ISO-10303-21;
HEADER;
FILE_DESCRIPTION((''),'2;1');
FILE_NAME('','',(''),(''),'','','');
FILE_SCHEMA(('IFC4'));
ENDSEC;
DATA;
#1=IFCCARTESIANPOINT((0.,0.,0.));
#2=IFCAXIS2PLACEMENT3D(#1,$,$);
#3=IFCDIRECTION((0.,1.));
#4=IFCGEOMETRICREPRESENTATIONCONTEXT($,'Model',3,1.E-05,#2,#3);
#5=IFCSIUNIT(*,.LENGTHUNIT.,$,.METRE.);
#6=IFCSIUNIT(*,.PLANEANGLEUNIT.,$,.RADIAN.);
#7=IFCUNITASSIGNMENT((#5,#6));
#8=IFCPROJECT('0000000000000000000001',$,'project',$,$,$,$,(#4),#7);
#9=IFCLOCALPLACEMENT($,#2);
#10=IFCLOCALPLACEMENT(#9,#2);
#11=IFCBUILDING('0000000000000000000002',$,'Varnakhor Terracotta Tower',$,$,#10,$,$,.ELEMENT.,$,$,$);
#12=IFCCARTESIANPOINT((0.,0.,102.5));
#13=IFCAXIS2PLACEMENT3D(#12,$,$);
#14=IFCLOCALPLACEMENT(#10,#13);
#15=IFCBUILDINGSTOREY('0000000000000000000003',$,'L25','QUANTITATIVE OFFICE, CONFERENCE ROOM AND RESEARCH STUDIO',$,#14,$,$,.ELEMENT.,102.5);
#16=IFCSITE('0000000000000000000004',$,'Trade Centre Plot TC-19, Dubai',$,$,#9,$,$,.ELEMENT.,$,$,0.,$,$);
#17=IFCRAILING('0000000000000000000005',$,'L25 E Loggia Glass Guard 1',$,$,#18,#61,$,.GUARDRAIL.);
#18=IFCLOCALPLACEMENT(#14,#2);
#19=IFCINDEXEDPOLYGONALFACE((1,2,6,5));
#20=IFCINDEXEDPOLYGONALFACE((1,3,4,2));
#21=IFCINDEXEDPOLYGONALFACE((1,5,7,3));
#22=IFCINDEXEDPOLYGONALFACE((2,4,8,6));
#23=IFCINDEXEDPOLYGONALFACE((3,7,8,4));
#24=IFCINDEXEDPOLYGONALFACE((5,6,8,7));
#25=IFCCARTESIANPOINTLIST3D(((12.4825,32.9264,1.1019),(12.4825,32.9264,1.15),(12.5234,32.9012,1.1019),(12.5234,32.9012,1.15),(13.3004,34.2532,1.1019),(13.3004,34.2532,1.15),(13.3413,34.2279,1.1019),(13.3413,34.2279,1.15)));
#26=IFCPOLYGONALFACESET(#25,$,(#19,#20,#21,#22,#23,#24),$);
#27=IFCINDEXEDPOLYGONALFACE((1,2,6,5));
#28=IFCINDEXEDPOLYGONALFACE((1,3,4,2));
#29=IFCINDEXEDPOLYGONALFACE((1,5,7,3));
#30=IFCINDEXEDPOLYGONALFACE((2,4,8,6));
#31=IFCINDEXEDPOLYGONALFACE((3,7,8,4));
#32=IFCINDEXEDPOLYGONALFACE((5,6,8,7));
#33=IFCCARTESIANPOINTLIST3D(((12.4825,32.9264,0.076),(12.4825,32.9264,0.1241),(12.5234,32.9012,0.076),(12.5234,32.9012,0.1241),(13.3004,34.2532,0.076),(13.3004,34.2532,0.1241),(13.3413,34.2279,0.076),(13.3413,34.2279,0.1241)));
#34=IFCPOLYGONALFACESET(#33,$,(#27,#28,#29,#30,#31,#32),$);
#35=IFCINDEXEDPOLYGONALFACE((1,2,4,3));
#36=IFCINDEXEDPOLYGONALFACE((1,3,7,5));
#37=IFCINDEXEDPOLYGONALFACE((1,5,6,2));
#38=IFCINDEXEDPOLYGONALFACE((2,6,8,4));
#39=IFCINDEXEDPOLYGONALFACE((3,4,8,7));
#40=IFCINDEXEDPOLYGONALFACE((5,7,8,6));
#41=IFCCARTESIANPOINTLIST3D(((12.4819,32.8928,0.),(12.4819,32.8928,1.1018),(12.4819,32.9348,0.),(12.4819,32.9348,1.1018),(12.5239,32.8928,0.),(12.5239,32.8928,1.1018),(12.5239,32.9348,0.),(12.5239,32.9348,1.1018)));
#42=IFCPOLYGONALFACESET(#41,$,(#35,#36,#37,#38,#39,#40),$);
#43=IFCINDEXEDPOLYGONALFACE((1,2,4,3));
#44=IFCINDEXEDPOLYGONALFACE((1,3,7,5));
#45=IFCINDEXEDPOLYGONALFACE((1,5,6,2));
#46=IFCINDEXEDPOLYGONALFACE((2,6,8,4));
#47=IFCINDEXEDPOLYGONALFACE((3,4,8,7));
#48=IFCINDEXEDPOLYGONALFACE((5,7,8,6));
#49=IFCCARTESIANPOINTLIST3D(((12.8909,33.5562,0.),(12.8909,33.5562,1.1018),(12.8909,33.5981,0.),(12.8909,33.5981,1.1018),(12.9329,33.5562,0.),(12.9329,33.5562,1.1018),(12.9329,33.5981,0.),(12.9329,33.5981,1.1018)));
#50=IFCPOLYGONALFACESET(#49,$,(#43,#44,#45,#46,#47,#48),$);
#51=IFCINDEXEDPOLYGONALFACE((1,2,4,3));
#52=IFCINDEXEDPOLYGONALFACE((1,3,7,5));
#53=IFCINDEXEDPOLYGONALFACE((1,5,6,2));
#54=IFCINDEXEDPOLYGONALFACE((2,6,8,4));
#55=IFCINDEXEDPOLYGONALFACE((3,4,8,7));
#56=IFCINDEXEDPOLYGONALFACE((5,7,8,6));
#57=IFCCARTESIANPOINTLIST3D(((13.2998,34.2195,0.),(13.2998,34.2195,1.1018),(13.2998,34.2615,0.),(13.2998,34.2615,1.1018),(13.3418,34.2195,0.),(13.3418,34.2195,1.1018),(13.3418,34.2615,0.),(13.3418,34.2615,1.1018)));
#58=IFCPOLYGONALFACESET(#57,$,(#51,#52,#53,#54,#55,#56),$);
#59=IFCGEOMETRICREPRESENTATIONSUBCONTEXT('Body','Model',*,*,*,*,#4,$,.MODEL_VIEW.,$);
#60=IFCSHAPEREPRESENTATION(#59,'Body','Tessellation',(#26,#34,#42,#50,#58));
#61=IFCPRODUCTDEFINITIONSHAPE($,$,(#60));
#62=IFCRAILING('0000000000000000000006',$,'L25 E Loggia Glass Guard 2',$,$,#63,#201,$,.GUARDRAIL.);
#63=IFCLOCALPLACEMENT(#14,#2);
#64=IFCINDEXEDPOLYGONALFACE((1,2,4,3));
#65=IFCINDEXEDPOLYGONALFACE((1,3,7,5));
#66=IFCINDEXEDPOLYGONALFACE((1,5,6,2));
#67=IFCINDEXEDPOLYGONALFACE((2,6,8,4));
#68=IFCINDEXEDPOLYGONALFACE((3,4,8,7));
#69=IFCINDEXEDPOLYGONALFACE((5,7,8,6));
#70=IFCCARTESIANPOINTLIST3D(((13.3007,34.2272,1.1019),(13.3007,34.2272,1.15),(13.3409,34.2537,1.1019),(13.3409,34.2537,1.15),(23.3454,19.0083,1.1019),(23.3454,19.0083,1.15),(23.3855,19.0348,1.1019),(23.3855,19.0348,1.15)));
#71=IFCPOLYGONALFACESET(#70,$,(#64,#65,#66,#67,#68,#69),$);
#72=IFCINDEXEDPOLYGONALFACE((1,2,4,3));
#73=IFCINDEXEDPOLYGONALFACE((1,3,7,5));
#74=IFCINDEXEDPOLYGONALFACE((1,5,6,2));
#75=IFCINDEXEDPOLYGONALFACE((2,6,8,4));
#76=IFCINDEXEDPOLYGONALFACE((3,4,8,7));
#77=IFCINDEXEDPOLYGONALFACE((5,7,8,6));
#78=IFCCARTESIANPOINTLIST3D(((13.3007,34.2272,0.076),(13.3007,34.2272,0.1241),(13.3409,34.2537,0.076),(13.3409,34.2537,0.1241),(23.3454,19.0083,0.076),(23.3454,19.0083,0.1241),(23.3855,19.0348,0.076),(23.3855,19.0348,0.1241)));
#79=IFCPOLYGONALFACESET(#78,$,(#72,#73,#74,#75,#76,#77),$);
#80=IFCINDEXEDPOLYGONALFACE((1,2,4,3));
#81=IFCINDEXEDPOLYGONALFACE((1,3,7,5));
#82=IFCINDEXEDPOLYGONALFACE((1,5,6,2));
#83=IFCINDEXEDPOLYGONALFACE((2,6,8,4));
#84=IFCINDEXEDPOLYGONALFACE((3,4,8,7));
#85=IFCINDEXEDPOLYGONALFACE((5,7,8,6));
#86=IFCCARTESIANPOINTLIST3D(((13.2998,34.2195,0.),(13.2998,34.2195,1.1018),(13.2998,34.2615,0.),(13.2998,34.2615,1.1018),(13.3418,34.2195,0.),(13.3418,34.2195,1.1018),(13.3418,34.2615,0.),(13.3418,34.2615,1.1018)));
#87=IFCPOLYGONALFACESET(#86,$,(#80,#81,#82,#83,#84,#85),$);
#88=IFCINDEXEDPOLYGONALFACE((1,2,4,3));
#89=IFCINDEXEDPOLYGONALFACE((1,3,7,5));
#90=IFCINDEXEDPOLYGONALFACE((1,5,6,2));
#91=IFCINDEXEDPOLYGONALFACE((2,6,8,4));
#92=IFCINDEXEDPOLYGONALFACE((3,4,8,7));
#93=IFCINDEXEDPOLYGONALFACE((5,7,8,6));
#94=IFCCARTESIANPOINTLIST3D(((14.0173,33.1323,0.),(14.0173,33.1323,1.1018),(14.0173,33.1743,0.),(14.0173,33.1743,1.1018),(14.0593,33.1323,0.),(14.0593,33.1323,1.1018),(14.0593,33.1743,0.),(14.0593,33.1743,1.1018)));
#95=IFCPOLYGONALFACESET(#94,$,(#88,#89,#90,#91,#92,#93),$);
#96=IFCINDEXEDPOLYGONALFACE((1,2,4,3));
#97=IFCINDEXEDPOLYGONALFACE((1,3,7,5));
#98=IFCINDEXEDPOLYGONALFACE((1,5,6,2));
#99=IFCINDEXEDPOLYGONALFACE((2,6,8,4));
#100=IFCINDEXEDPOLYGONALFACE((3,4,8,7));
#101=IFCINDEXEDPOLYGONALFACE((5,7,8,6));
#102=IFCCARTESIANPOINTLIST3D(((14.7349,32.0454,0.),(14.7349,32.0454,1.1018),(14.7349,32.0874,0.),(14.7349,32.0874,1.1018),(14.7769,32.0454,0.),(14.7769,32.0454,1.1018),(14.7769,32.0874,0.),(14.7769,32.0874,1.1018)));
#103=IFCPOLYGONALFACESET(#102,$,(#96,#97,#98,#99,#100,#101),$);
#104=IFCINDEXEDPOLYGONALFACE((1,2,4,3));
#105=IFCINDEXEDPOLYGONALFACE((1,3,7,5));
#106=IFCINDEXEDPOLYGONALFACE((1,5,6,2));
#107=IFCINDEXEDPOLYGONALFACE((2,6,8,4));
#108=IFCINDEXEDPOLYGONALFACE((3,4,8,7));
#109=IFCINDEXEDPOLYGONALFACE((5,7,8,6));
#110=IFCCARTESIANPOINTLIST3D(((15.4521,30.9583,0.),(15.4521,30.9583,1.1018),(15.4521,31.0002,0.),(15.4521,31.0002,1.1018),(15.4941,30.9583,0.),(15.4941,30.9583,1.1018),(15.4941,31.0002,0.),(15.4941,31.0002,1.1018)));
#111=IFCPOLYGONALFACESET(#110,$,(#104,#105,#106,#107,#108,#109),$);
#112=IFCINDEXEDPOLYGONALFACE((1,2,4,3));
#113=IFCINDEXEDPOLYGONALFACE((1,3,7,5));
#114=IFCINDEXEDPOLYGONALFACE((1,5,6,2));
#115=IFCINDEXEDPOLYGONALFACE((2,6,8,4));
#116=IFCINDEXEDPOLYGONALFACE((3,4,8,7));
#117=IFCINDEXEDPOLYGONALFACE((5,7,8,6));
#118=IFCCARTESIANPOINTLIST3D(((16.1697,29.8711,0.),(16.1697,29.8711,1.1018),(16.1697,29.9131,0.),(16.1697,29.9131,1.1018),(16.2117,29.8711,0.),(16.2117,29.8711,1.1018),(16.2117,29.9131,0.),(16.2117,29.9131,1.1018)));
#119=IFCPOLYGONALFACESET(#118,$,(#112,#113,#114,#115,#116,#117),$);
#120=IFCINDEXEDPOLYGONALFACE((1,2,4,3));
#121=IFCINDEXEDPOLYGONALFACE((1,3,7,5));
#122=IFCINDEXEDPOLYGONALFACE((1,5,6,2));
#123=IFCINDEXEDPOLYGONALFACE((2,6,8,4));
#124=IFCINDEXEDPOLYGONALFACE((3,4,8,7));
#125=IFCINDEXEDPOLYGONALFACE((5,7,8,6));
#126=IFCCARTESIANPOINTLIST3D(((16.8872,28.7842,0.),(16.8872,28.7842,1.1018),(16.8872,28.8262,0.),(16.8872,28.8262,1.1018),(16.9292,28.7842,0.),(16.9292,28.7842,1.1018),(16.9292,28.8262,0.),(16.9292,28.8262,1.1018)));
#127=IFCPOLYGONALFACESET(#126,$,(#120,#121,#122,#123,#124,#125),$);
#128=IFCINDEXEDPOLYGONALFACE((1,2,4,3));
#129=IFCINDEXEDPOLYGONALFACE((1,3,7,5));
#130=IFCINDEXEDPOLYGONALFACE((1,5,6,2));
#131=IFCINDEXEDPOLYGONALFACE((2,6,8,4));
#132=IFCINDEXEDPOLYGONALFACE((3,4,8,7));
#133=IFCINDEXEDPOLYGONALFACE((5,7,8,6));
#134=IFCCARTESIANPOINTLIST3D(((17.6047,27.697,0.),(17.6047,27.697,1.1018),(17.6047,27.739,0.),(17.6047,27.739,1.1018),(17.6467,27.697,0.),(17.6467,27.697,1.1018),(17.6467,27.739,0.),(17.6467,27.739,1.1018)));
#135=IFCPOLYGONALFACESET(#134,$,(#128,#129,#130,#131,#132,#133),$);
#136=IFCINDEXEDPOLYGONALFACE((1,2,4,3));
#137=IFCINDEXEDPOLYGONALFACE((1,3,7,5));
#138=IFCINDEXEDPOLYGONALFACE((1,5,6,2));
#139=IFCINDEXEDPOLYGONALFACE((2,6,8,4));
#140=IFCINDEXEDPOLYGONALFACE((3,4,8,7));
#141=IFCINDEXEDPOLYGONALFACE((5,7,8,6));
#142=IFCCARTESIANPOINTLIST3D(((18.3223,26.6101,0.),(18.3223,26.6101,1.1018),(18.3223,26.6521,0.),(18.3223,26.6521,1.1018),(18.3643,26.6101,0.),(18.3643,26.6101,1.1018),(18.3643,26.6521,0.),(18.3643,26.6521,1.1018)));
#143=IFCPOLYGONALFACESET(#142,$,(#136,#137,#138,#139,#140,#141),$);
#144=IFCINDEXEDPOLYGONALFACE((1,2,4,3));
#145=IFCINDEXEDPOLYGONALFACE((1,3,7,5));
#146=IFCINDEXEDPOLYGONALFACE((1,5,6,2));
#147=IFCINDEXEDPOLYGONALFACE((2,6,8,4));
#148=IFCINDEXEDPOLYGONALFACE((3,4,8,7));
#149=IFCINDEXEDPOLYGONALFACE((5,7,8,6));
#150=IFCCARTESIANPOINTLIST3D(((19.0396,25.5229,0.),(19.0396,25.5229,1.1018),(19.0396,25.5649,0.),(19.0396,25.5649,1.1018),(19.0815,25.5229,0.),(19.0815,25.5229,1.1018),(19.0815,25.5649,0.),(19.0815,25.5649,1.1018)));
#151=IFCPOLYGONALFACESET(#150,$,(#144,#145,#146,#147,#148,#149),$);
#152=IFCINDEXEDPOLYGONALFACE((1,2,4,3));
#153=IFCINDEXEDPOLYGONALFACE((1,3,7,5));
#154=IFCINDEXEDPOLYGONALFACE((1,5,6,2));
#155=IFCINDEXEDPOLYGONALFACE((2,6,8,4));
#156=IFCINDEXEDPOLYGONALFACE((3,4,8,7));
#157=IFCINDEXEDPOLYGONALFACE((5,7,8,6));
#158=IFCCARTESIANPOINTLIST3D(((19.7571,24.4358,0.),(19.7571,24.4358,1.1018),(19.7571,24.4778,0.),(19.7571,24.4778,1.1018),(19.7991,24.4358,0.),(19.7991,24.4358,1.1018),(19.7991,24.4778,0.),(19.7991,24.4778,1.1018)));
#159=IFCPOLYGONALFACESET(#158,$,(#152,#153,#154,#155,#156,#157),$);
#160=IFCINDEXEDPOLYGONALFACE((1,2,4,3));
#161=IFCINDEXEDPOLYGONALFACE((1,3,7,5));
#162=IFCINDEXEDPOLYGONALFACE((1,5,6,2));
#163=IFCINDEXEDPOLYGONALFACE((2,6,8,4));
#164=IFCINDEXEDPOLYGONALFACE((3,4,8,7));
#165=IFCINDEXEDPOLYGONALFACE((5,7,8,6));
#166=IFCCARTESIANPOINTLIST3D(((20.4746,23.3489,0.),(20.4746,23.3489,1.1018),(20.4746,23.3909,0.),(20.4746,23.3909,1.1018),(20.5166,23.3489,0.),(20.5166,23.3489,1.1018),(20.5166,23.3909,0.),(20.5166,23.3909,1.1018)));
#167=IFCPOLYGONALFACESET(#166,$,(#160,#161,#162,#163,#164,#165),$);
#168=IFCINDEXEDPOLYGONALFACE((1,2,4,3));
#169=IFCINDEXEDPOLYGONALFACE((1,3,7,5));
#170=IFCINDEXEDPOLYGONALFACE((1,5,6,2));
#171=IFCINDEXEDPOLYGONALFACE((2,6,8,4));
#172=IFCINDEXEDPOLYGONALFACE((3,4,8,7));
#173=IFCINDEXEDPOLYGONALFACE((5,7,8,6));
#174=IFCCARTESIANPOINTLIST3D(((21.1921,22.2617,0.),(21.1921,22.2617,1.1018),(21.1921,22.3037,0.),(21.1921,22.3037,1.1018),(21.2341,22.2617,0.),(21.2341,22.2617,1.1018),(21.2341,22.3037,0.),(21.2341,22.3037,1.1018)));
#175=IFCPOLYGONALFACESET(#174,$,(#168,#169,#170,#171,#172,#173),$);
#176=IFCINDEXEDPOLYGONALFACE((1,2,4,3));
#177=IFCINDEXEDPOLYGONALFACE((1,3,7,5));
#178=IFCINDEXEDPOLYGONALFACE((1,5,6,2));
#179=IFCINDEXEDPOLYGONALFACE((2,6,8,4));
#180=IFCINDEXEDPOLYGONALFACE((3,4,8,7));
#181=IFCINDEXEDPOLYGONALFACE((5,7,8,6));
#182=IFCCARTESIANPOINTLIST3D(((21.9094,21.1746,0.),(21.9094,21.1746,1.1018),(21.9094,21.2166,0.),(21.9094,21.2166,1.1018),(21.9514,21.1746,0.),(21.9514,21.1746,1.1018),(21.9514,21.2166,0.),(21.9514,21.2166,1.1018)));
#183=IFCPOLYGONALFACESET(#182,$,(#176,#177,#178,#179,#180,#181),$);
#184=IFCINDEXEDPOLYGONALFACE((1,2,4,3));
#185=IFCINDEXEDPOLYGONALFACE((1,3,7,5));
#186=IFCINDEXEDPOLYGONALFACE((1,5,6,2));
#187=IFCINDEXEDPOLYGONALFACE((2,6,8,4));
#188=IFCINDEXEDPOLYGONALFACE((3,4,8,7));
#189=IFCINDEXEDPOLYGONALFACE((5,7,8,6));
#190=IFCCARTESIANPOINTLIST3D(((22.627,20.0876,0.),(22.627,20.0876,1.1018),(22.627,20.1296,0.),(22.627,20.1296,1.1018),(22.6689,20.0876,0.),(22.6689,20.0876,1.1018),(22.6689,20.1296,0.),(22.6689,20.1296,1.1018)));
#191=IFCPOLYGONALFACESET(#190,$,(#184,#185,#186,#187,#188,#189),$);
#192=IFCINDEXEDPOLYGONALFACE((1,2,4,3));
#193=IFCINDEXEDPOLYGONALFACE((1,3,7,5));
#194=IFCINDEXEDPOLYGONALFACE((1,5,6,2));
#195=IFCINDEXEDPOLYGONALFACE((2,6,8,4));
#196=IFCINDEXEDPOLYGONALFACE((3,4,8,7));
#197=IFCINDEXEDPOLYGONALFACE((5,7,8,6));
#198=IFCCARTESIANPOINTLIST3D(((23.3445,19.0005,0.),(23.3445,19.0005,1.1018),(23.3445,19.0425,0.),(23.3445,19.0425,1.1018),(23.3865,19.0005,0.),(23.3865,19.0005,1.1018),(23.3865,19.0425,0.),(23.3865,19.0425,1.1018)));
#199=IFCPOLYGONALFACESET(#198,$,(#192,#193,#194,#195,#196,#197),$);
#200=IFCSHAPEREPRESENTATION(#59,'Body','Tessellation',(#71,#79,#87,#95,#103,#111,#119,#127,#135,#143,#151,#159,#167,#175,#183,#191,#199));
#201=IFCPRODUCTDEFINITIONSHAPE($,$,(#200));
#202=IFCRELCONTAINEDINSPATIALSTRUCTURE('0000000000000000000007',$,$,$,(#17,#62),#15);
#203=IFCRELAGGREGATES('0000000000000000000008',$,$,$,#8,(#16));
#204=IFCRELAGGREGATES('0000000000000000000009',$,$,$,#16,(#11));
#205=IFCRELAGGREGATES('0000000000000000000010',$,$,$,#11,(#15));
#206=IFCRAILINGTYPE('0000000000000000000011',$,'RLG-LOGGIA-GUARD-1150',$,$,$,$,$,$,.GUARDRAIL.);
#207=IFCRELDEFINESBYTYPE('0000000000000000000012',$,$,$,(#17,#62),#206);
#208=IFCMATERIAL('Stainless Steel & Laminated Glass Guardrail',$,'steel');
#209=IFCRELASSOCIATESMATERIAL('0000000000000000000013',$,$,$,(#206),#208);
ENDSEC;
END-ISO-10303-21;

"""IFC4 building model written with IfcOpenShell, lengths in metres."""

from ifc_helpers import new_model, si_unit, direction, frame, origin, origin_2d, place, context, subcontext, project, spatial, rectangle, extrude, material, type_object, element, save


model = new_model("IFC4")

# Units and contexts
model_context = context("Model", 3, precision=1e-05, world=origin(), true_north=direction((0.0, 1.0)))
body_context = subcontext(model_context, "Body", "Model", "MODEL_VIEW")
ifc_project = project(units=[si_unit("LENGTHUNIT", "METRE"), si_unit("PLANEANGLEUNIT", "RADIAN")], contexts=[model_context])

# Site, building, storey
site_placement = place(None, origin())
site = spatial("IfcSite", under=ifc_project, at=site_placement, Name="Trade Centre Plot TC-19, Dubai", CompositionType="ELEMENT", RefElevation=0.0)
building_placement = place(site_placement, origin())
building = spatial("IfcBuilding", under=site, at=building_placement, Name="Varnakhor Terracotta Tower", CompositionType="ELEMENT")
storey_placement = place(building_placement, frame((0.0, 0.0, 102.5)))
storey = spatial("IfcBuildingStorey", under=building, at=storey_placement, Name="L25", Description="QUANTITATIVE OFFICE, CONFERENCE ROOM AND RESEARCH STUDIO", CompositionType="ELEMENT", Elevation=102.5)

# Railings
ifc_material_1 = material(Name="Stainless Steel & Laminated Glass Guardrail", Category="steel")
railing_type = type_object("IfcRailingType", Name="RLG-LOGGIA-GUARD-1150", PredefinedType="GUARDRAIL", material=ifc_material_1)
railing_1_placement = place(storey_placement, frame((12.5029, 32.9138, 0.0)))
element("IfcRailing", 1, at=railing_1_placement, inside=storey, type_object=railing_type, Name="L25 E Loggia Glass Guard 1", PredefinedType="GUARDRAIL", context=body_context, shape_type="SweptSolid", body=[
    extrude(rectangle(XDim=0.0481, YDim=0.0481, at=origin_2d()), frame((0.0, 0.0, 1.126), z_axis=(0.524779, 0.851239, 0.0), x_axis=(-0.851239, 0.524779, 0.0)), (0.0, 0.0, 1.0), 1.5586),
    extrude(rectangle(XDim=0.0481, YDim=0.0481, at=origin_2d()), frame((0.0, 0.0, 0.1001), z_axis=(0.524779, 0.851239, 0.0), x_axis=(-0.851239, 0.524779, 0.0)), (0.0, 0.0, 1.0), 1.5586),
    extrude(rectangle(XDim=0.042, YDim=0.042, at=origin_2d()), origin(), (0.0, 0.0, 1.0), 1.1018),
    extrude(rectangle(XDim=0.042, YDim=0.042, at=origin_2d()), frame((0.4089, 0.6633, 0.0)), (0.0, 0.0, 1.0), 1.1018),
    extrude(rectangle(XDim=0.042, YDim=0.042, at=origin_2d()), frame((0.8179, 1.3267, 0.0)), (0.0, 0.0, 1.0), 1.1018),
])
railing_2_placement = place(storey_placement, frame((13.3208, 34.2405, 0.0)))
element("IfcRailing", 2, at=railing_2_placement, inside=storey, type_object=railing_type, Name="L25 E Loggia Glass Guard 2", PredefinedType="GUARDRAIL", context=body_context, shape_type="SweptSolid", body=[
    extrude(rectangle(XDim=0.0481, YDim=0.0481, at=origin_2d()), frame((0.0, 0.0, 1.126), z_axis=(0.550848, -0.834606, 0.0), x_axis=(0.834606, 0.550848, 0.0)), (0.0, 0.0, 1.0), 18.2349),
    extrude(rectangle(XDim=0.0481, YDim=0.0481, at=origin_2d()), frame((0.0, 0.0, 0.1001), z_axis=(0.550848, -0.834606, 0.0), x_axis=(0.834606, 0.550848, 0.0)), (0.0, 0.0, 1.0), 18.2349),
    extrude(rectangle(XDim=0.042, YDim=0.042, at=origin_2d()), origin(), (0.0, 0.0, 1.0), 1.1018),
    extrude(rectangle(XDim=0.042, YDim=0.042, at=origin_2d()), frame((0.7175, -1.0872, 0.0)), (0.0, 0.0, 1.0), 1.1018),
    extrude(rectangle(XDim=0.042, YDim=0.042, at=origin_2d()), frame((1.4351, -2.1741, 0.0)), (0.0, 0.0, 1.0), 1.1018),
    extrude(rectangle(XDim=0.042, YDim=0.042, at=origin_2d()), frame((2.1523, -3.2612, 0.0)), (0.0, 0.0, 1.0), 1.1018),
    extrude(rectangle(XDim=0.042, YDim=0.042, at=origin_2d()), frame((2.8699, -4.3484, 0.0)), (0.0, 0.0, 1.0), 1.1018),
    extrude(rectangle(XDim=0.042, YDim=0.042, at=origin_2d()), frame((3.5874, -5.4353, 0.0)), (0.0, 0.0, 1.0), 1.1018),
    extrude(rectangle(XDim=0.042, YDim=0.042, at=origin_2d()), frame((4.3049, -6.5225, 0.0)), (0.0, 0.0, 1.0), 1.1018),
    extrude(rectangle(XDim=0.042, YDim=0.042, at=origin_2d()), frame((5.0225, -7.6094, 0.0)), (0.0, 0.0, 1.0), 1.1018),
    extrude(rectangle(XDim=0.042, YDim=0.042, at=origin_2d()), frame((5.7397, -8.6965, 0.0)), (0.0, 0.0, 1.0), 1.1018),
    extrude(rectangle(XDim=0.042, YDim=0.042, at=origin_2d()), frame((6.4573, -9.7837, 0.0)), (0.0, 0.0, 1.0), 1.1018),
    extrude(rectangle(XDim=0.042, YDim=0.042, at=origin_2d()), frame((7.1748, -10.8706, 0.0)), (0.0, 0.0, 1.0), 1.1018),
    extrude(rectangle(XDim=0.042, YDim=0.042, at=origin_2d()), frame((7.8923, -11.9578, 0.0)), (0.0, 0.0, 1.0), 1.1018),
    extrude(rectangle(XDim=0.042, YDim=0.042, at=origin_2d()), frame((8.6096, -13.0449, 0.0)), (0.0, 0.0, 1.0), 1.1018),
    extrude(rectangle(XDim=0.042, YDim=0.042, at=origin_2d()), frame((9.3271, -14.1318, 0.0)), (0.0, 0.0, 1.0), 1.1018),
    extrude(rectangle(XDim=0.042, YDim=0.042, at=origin_2d()), frame((10.0447, -15.219, 0.0)), (0.0, 0.0, 1.0), 1.1018),
])

save(model, "model.ifc")
